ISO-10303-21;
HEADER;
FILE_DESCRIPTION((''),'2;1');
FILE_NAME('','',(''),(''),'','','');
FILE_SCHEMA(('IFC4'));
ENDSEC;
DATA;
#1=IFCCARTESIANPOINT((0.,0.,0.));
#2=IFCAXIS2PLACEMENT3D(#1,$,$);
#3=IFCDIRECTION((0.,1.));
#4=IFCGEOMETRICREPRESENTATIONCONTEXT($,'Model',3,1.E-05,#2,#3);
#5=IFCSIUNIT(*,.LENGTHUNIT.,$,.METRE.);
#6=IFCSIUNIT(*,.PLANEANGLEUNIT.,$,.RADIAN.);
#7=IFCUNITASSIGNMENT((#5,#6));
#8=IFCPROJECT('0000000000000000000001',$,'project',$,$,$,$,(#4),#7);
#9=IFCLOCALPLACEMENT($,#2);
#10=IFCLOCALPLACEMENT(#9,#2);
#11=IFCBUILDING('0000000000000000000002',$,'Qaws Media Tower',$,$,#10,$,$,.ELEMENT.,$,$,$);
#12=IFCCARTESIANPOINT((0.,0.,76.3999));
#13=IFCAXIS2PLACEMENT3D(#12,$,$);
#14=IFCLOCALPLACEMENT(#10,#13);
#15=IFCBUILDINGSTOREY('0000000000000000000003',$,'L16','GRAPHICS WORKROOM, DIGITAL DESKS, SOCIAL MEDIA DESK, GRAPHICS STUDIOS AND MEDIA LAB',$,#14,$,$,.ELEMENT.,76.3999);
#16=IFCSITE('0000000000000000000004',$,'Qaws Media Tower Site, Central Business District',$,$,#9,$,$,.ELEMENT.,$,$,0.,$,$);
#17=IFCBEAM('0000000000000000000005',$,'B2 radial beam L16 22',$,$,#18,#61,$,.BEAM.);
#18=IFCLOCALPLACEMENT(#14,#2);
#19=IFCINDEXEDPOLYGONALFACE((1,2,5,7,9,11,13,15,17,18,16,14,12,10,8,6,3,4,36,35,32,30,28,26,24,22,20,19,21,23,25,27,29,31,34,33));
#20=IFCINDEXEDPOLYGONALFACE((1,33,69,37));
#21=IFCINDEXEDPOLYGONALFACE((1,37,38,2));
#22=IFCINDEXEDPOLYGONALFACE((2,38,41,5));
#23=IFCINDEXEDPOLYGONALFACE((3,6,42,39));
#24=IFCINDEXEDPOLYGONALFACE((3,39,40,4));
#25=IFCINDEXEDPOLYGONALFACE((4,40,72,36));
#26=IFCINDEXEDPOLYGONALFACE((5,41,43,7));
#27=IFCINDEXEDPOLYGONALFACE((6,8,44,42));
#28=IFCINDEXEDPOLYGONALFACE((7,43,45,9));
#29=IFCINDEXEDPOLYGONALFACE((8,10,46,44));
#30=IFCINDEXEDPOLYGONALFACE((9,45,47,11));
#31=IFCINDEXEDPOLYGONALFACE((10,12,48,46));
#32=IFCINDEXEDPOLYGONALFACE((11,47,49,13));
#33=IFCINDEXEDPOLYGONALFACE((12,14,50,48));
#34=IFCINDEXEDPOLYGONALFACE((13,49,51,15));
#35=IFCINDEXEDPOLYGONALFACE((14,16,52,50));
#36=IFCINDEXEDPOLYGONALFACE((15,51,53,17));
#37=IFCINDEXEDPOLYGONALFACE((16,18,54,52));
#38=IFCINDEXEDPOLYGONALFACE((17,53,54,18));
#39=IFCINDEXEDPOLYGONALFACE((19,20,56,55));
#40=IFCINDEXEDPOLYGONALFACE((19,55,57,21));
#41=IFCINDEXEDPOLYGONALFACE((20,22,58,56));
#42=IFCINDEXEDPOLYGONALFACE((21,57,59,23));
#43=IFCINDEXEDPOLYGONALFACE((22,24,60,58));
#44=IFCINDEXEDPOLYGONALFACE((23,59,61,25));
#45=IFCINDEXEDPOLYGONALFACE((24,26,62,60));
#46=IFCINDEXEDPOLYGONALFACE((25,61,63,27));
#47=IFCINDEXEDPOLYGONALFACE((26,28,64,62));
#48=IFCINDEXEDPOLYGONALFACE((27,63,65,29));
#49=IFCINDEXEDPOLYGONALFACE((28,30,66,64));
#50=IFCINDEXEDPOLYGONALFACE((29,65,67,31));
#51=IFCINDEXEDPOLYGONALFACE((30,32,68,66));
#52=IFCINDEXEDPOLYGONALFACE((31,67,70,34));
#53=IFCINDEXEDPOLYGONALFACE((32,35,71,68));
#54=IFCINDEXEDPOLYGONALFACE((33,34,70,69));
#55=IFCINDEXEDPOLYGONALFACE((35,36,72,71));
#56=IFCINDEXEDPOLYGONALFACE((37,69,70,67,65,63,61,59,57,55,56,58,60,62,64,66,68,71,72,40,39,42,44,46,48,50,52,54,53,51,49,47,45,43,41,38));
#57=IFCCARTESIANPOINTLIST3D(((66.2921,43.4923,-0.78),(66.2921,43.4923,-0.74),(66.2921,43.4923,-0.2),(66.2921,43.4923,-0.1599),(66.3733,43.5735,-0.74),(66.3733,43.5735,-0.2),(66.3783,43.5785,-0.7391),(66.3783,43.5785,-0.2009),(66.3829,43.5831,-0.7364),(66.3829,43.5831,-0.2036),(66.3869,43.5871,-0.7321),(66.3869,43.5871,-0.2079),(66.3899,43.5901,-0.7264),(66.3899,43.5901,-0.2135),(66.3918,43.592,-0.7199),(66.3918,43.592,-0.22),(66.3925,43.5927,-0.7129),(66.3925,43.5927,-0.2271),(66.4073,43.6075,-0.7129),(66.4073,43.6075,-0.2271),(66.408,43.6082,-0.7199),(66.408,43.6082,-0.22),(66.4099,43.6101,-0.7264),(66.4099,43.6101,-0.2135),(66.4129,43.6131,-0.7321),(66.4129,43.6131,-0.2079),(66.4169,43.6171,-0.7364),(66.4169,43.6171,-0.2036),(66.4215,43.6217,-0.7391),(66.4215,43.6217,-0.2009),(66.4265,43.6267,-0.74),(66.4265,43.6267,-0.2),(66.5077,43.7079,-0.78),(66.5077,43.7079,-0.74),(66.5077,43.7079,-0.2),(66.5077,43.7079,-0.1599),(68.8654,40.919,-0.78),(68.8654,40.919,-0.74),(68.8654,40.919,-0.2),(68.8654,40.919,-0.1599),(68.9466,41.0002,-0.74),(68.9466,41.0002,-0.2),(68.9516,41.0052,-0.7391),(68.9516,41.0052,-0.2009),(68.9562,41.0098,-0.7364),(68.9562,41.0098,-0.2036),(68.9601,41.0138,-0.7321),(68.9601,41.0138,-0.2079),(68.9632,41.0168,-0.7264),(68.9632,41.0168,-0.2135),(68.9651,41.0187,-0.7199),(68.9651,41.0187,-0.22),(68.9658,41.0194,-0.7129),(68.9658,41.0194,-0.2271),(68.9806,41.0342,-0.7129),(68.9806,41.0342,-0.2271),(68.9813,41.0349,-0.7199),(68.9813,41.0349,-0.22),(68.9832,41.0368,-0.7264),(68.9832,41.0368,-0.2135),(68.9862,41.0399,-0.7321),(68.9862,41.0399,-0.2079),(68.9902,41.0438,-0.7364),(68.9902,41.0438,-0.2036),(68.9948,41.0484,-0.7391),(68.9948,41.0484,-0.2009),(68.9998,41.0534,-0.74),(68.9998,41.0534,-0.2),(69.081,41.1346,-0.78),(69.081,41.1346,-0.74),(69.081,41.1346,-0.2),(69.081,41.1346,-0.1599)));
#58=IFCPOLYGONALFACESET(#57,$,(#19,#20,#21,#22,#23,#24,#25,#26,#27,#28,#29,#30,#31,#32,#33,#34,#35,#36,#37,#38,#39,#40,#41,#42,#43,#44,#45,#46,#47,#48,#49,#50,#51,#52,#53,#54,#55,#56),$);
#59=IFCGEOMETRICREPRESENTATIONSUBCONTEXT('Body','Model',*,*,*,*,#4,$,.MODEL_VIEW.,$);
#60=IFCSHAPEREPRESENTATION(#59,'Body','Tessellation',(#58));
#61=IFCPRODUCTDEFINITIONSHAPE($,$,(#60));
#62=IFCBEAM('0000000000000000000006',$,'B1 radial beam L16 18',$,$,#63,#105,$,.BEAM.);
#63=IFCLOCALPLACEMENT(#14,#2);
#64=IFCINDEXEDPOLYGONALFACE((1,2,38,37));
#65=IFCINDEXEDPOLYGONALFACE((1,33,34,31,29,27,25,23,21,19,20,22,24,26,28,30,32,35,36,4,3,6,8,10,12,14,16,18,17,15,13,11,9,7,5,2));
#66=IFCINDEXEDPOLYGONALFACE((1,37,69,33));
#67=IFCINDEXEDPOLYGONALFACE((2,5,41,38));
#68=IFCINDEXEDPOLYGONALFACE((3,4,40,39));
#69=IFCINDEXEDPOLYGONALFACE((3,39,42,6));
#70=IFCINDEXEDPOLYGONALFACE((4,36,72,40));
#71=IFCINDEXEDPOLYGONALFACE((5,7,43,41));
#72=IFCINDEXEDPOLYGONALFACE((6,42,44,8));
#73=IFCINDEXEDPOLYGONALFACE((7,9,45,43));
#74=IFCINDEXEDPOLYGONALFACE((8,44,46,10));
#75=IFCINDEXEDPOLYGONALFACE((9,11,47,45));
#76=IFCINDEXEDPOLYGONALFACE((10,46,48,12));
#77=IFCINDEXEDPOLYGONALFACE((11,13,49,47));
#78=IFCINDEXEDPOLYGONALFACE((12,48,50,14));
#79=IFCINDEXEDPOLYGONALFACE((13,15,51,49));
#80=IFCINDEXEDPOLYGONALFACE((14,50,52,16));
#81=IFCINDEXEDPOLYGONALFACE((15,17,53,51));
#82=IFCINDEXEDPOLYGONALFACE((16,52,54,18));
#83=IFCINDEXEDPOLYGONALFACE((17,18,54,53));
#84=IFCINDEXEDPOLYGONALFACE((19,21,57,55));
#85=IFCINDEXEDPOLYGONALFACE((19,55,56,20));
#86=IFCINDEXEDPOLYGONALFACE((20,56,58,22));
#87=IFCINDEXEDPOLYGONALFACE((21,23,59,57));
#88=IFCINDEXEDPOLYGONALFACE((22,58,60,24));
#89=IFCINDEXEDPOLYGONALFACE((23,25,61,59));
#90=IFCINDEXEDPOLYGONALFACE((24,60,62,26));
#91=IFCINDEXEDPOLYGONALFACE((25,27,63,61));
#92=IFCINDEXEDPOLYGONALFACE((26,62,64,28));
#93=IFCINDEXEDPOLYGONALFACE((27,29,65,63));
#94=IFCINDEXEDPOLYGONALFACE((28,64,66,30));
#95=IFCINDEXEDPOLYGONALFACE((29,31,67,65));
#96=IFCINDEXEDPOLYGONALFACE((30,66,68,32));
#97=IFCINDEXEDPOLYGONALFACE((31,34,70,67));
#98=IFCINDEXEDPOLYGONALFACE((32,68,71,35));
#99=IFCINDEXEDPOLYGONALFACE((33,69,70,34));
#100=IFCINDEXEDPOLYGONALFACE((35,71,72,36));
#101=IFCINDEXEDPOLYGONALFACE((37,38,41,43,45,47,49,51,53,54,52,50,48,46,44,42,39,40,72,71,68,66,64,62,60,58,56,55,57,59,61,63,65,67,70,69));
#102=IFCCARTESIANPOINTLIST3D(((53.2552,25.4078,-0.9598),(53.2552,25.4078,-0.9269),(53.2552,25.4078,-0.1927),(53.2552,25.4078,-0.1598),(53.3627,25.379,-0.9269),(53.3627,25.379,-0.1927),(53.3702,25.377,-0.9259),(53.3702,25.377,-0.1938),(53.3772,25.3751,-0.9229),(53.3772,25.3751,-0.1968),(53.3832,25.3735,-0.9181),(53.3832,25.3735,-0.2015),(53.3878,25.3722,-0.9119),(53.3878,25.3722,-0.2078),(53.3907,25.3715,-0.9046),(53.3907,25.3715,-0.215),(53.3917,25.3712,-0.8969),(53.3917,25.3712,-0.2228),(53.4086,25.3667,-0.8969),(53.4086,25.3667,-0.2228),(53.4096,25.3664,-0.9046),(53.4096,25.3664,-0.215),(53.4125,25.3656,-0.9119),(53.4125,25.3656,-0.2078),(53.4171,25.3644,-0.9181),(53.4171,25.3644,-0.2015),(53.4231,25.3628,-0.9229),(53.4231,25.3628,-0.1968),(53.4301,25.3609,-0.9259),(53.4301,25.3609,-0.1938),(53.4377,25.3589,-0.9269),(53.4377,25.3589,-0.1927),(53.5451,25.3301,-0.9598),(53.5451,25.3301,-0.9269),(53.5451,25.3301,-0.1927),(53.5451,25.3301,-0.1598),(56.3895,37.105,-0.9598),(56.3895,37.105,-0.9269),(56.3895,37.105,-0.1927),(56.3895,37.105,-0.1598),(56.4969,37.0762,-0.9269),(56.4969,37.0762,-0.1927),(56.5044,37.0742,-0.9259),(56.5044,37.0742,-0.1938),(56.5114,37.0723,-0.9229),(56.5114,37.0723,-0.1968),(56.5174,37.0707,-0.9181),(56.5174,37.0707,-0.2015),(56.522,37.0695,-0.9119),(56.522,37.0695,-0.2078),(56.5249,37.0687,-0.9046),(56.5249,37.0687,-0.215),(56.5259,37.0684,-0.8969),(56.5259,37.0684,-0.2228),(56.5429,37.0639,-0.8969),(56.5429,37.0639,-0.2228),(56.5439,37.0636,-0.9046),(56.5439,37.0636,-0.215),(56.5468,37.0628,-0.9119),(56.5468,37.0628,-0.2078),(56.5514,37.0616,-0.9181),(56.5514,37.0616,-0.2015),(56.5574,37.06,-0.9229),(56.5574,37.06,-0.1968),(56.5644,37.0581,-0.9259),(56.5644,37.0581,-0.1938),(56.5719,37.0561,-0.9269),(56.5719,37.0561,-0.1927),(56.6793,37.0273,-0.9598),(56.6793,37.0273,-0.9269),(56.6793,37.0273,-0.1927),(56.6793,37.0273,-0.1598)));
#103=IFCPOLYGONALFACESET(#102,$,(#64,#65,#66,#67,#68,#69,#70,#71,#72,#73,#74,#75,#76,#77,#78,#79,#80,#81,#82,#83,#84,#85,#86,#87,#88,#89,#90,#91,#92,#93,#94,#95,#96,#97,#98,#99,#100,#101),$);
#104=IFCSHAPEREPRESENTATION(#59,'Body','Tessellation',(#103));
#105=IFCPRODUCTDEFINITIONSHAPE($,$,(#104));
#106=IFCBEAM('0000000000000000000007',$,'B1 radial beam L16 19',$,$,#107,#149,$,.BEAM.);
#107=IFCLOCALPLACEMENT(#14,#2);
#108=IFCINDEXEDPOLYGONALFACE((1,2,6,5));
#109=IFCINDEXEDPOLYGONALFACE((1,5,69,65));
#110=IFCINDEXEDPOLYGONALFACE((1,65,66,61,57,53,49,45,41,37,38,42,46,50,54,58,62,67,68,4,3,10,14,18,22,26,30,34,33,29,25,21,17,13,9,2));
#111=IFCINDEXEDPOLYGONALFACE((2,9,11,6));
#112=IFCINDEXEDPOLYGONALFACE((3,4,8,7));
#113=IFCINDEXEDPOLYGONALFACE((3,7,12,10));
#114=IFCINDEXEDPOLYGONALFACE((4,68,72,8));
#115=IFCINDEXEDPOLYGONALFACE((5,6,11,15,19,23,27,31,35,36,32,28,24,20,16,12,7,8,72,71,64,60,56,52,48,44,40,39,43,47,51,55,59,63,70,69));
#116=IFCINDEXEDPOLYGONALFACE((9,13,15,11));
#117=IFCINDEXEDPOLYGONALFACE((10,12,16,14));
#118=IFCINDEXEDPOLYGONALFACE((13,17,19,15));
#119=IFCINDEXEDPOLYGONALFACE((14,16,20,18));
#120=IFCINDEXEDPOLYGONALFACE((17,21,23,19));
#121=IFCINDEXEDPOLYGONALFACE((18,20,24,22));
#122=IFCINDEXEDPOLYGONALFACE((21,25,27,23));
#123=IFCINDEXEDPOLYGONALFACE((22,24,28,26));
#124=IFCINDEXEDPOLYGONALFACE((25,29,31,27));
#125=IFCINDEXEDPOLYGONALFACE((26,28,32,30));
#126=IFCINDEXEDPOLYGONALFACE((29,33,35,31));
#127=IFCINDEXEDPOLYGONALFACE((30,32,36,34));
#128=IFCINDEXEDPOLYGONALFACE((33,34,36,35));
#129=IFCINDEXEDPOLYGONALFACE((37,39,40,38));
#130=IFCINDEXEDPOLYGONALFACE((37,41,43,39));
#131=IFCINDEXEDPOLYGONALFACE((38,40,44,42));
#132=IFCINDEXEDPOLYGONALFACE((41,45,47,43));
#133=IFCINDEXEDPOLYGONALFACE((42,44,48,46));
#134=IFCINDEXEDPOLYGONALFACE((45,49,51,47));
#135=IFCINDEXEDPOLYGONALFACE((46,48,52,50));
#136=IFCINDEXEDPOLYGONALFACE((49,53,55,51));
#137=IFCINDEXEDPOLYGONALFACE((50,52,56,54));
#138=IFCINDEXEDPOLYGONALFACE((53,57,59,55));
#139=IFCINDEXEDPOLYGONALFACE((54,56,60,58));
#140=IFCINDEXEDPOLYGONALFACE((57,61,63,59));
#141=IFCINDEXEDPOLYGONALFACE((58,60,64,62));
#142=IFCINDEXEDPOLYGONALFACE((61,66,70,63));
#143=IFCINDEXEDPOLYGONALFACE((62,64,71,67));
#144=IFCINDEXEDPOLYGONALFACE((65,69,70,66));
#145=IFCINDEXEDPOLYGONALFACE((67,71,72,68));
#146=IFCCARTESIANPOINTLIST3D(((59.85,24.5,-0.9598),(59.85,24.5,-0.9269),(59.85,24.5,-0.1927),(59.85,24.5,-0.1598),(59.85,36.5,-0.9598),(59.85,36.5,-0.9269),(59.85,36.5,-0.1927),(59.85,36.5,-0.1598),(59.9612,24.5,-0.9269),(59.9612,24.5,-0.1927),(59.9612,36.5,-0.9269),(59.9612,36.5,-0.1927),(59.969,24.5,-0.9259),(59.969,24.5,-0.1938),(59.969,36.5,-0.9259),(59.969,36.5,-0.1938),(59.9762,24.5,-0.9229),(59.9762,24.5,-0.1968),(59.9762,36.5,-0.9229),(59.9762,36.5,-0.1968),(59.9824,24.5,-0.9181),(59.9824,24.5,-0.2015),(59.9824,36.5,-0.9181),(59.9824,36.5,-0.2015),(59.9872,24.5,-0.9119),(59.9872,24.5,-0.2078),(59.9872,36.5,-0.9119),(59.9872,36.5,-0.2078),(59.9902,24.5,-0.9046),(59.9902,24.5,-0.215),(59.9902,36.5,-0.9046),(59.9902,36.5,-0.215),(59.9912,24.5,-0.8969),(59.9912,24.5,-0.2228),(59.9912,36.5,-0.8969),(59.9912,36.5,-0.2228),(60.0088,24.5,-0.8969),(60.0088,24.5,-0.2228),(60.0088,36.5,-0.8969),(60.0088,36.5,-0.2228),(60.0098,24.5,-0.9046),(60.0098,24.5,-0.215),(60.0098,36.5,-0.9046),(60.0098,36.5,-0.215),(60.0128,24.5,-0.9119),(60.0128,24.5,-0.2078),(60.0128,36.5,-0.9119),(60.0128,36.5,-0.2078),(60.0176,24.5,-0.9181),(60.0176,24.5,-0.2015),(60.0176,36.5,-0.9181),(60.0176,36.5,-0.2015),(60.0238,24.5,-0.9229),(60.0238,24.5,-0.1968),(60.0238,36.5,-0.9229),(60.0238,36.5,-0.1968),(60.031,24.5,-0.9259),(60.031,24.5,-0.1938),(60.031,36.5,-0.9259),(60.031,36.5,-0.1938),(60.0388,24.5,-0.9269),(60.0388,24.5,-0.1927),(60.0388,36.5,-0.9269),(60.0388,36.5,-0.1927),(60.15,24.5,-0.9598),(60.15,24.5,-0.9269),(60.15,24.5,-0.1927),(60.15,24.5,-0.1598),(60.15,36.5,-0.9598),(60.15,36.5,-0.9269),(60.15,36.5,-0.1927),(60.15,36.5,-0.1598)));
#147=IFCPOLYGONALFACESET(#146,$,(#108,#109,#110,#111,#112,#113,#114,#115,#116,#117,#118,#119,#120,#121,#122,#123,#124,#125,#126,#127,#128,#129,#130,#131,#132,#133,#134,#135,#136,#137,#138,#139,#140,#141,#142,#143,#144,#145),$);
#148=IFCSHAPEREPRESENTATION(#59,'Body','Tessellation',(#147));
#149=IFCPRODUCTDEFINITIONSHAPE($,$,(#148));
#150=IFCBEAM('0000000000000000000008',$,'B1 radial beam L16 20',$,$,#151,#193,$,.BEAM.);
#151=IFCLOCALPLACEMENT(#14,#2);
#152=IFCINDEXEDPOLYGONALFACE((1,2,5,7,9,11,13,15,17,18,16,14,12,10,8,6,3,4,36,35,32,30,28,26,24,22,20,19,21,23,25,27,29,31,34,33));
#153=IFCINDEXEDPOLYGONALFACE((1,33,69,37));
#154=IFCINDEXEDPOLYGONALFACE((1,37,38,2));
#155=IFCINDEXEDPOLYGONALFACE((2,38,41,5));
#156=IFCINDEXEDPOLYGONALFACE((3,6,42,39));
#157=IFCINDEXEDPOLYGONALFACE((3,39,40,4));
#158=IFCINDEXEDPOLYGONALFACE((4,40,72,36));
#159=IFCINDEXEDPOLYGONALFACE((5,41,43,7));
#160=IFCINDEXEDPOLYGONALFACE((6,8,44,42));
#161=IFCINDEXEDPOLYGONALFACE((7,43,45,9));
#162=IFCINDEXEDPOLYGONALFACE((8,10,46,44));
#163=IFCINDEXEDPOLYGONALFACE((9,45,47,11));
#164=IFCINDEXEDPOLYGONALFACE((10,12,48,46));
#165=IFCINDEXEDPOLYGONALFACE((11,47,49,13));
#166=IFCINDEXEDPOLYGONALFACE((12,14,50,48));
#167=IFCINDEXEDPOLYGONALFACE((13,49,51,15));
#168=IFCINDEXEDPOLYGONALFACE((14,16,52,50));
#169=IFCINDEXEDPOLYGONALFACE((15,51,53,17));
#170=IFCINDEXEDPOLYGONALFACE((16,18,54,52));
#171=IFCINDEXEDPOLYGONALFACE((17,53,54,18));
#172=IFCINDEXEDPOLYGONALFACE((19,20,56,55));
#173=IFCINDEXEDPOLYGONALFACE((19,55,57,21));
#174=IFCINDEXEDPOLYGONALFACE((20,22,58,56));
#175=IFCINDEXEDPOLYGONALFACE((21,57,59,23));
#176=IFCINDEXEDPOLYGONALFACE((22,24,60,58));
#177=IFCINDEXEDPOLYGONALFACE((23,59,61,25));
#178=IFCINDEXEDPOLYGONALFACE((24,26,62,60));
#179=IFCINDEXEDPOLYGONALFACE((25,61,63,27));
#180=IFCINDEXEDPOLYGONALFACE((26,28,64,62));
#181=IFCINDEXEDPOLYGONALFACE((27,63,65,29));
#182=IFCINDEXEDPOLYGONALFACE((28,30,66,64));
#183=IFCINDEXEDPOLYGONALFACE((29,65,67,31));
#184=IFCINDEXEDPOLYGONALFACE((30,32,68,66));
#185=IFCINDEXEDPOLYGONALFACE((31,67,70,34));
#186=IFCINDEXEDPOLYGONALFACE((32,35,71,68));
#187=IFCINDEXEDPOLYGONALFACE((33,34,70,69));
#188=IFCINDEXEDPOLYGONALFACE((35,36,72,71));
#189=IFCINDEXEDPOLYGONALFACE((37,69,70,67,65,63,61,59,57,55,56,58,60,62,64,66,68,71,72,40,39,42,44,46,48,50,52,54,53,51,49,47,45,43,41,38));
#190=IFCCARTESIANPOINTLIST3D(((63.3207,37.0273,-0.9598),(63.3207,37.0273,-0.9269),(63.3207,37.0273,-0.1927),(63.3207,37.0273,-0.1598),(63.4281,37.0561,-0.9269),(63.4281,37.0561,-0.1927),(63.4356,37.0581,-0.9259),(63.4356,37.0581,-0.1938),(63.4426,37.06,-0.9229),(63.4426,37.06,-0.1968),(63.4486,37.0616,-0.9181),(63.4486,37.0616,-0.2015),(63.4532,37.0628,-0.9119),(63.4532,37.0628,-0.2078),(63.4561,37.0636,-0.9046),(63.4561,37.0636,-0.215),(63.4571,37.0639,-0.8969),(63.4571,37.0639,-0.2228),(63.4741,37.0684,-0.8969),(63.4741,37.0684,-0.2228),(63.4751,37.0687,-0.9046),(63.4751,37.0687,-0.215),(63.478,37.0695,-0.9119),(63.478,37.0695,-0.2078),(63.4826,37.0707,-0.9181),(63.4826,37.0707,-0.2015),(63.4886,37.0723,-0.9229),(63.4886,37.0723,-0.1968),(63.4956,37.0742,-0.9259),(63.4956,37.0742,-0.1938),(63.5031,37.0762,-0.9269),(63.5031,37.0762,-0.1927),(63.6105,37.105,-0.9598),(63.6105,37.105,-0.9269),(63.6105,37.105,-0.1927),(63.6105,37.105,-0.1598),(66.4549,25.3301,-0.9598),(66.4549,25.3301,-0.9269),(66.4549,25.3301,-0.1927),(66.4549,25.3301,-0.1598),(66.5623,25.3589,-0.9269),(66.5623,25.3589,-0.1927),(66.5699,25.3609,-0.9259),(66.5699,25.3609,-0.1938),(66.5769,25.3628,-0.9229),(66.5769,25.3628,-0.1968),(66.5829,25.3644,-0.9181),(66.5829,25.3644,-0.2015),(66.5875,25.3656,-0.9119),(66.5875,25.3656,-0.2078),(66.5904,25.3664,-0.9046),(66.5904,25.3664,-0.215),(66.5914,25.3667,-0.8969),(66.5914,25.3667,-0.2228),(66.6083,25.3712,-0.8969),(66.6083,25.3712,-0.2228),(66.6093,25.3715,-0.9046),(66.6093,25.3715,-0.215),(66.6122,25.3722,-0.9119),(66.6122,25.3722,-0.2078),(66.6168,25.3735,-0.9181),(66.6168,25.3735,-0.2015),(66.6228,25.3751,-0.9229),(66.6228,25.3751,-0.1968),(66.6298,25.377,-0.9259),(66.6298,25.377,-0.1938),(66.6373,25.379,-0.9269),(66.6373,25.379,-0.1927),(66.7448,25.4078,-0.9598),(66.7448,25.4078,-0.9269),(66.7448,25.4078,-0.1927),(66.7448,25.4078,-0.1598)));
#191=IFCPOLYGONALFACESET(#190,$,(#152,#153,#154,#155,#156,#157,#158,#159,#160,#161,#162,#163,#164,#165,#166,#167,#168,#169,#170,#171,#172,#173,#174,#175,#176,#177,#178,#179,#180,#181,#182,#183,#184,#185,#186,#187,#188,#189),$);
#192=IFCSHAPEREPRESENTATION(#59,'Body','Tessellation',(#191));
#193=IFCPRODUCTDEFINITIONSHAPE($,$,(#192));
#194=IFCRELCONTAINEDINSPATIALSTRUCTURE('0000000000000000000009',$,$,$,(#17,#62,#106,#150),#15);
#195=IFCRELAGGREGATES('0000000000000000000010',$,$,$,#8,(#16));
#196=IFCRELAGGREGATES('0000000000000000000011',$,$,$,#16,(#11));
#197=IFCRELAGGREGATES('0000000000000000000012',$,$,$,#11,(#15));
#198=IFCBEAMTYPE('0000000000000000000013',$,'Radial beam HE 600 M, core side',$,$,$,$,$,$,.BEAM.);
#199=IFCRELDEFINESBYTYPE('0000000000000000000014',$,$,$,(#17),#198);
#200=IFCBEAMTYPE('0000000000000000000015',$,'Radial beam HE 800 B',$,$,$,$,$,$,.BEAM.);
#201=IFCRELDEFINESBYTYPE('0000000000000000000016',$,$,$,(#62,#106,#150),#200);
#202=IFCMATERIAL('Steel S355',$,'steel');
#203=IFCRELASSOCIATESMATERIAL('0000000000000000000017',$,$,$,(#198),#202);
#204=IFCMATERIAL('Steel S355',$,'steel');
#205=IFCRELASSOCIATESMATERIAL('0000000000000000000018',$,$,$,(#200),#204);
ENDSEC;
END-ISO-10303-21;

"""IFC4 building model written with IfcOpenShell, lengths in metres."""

from ifc_helpers import new_model, si_unit, direction, frame, origin, origin_2d, place, context, subcontext, project, spatial, i_section, extrude, material, material_profile, profile_set, type_object, element, save


model = new_model("IFC4")

# Units and contexts
model_context = context("Model", 3, precision=1e-05, world=origin(), true_north=direction((0.0, 1.0)))
body_context = subcontext(model_context, "Body", "Model", "MODEL_VIEW")
ifc_project = project(units=[si_unit("LENGTHUNIT", "METRE"), si_unit("PLANEANGLEUNIT", "RADIAN")], contexts=[model_context])

# Site, building, storey
site_placement = place(None, origin())
site = spatial("IfcSite", under=ifc_project, at=site_placement, Name="Qaws Media Tower Site, Central Business District", CompositionType="ELEMENT", RefElevation=0.0)
building_placement = place(site_placement, origin())
building = spatial("IfcBuilding", under=site, at=building_placement, Name="Qaws Media Tower", CompositionType="ELEMENT")
storey_placement = place(building_placement, frame((0.0, 0.0, 76.3999)))
storey = spatial("IfcBuildingStorey", under=building, at=storey_placement, Name="L16", Description="GRAPHICS WORKROOM, DIGITAL DESKS, SOCIAL MEDIA DESK, GRAPHICS STUDIOS AND MEDIA LAB", CompositionType="ELEMENT", Elevation=76.3999)

# Beams
ifc_material_1 = material(Name="Steel S355", Category="steel")
ifc_material_profile_1 = material_profile(ifc_material_1, i_section(OverallWidth=0.3049, OverallDepth=0.6201, WebThickness=0.021, FlangeThickness=0.04, FilletRadius=0.0271, at=origin_2d()), Name="HE 600 M")
ifc_profile_set_1 = profile_set([ifc_material_profile_1], Name="Steel S355")
beam_type_1 = type_object("IfcBeamType", Name="Radial beam HE 600 M, core side", PredefinedType="BEAM", material=ifc_profile_set_1)
beam_1_placement = place(storey_placement, frame((66.3999, 43.6001, -0.47), z_axis=(0.707107, -0.707107, 0.0), x_axis=(0.707107, 0.707107, 0.0)))
element("IfcBeam", 1, at=beam_1_placement, inside=storey, type_object=beam_type_1, Name="B2 radial beam L16 22", PredefinedType="BEAM", context=body_context, shape_type="SweptSolid", body=[
    extrude(i_section(OverallWidth=0.3049, OverallDepth=0.6201, WebThickness=0.021, FlangeThickness=0.04, FilletRadius=0.0271, at=origin_2d()), origin(), (0.0, 0.0, 1.0), 3.6392),
])
ifc_material_2 = material(Name="Steel S355", Category="steel")
ifc_material_profile_2 = material_profile(ifc_material_2, i_section(OverallWidth=0.3, OverallDepth=0.8, WebThickness=0.0176, FlangeThickness=0.033, FilletRadius=0.03, at=origin_2d()), Name="HE 800 B")
ifc_profile_set_2 = profile_set([ifc_material_profile_2], Name="Steel S355")
beam_type_2 = type_object("IfcBeamType", Name="Radial beam HE 800 B", PredefinedType="BEAM", material=ifc_profile_set_2)
beam_2_placement = place(storey_placement, frame((56.5344, 37.0662, -0.5598), z_axis=(-0.258819, -0.965926, 0.0), x_axis=(0.965926, -0.258819, 0.0)))
element("IfcBeam", 2, at=beam_2_placement, inside=storey, type_object=beam_type_2, Name="B1 radial beam L16 18", PredefinedType="BEAM", context=body_context, shape_type="SweptSolid", body=[
    extrude(i_section(OverallWidth=0.3, OverallDepth=0.8, WebThickness=0.0176, FlangeThickness=0.033, FilletRadius=0.03, at=origin_2d()), origin(), (0.0, 0.0, 1.0), 12.1099),
])
beam_3_placement = place(storey_placement, frame((60.0, 36.5, -0.5598), z_axis=(0.0, -1.0, 0.0), x_axis=(1.0, 0.0, 0.0)))
element("IfcBeam", 3, at=beam_3_placement, inside=storey, type_object=beam_type_2, Name="B1 radial beam L16 19", PredefinedType="BEAM", context=body_context, shape_type="SweptSolid", body=[
    extrude(i_section(OverallWidth=0.3, OverallDepth=0.8, WebThickness=0.0176, FlangeThickness=0.033, FilletRadius=0.03, at=origin_2d()), origin(), (0.0, 0.0, 1.0), 12.0),
])
beam_4_placement = place(storey_placement, frame((63.4656, 37.0662, -0.5598), z_axis=(0.258819, -0.965926, 0.0), x_axis=(0.965926, 0.258819, 0.0)))
element("IfcBeam", 4, at=beam_4_placement, inside=storey, type_object=beam_type_2, Name="B1 radial beam L16 20", PredefinedType="BEAM", context=body_context, shape_type="SweptSolid", body=[
    extrude(i_section(OverallWidth=0.3, OverallDepth=0.8, WebThickness=0.0176, FlangeThickness=0.033, FilletRadius=0.03, at=origin_2d()), origin(), (0.0, 0.0, 1.0), 12.1099),
])

save(model, "model.ifc")
